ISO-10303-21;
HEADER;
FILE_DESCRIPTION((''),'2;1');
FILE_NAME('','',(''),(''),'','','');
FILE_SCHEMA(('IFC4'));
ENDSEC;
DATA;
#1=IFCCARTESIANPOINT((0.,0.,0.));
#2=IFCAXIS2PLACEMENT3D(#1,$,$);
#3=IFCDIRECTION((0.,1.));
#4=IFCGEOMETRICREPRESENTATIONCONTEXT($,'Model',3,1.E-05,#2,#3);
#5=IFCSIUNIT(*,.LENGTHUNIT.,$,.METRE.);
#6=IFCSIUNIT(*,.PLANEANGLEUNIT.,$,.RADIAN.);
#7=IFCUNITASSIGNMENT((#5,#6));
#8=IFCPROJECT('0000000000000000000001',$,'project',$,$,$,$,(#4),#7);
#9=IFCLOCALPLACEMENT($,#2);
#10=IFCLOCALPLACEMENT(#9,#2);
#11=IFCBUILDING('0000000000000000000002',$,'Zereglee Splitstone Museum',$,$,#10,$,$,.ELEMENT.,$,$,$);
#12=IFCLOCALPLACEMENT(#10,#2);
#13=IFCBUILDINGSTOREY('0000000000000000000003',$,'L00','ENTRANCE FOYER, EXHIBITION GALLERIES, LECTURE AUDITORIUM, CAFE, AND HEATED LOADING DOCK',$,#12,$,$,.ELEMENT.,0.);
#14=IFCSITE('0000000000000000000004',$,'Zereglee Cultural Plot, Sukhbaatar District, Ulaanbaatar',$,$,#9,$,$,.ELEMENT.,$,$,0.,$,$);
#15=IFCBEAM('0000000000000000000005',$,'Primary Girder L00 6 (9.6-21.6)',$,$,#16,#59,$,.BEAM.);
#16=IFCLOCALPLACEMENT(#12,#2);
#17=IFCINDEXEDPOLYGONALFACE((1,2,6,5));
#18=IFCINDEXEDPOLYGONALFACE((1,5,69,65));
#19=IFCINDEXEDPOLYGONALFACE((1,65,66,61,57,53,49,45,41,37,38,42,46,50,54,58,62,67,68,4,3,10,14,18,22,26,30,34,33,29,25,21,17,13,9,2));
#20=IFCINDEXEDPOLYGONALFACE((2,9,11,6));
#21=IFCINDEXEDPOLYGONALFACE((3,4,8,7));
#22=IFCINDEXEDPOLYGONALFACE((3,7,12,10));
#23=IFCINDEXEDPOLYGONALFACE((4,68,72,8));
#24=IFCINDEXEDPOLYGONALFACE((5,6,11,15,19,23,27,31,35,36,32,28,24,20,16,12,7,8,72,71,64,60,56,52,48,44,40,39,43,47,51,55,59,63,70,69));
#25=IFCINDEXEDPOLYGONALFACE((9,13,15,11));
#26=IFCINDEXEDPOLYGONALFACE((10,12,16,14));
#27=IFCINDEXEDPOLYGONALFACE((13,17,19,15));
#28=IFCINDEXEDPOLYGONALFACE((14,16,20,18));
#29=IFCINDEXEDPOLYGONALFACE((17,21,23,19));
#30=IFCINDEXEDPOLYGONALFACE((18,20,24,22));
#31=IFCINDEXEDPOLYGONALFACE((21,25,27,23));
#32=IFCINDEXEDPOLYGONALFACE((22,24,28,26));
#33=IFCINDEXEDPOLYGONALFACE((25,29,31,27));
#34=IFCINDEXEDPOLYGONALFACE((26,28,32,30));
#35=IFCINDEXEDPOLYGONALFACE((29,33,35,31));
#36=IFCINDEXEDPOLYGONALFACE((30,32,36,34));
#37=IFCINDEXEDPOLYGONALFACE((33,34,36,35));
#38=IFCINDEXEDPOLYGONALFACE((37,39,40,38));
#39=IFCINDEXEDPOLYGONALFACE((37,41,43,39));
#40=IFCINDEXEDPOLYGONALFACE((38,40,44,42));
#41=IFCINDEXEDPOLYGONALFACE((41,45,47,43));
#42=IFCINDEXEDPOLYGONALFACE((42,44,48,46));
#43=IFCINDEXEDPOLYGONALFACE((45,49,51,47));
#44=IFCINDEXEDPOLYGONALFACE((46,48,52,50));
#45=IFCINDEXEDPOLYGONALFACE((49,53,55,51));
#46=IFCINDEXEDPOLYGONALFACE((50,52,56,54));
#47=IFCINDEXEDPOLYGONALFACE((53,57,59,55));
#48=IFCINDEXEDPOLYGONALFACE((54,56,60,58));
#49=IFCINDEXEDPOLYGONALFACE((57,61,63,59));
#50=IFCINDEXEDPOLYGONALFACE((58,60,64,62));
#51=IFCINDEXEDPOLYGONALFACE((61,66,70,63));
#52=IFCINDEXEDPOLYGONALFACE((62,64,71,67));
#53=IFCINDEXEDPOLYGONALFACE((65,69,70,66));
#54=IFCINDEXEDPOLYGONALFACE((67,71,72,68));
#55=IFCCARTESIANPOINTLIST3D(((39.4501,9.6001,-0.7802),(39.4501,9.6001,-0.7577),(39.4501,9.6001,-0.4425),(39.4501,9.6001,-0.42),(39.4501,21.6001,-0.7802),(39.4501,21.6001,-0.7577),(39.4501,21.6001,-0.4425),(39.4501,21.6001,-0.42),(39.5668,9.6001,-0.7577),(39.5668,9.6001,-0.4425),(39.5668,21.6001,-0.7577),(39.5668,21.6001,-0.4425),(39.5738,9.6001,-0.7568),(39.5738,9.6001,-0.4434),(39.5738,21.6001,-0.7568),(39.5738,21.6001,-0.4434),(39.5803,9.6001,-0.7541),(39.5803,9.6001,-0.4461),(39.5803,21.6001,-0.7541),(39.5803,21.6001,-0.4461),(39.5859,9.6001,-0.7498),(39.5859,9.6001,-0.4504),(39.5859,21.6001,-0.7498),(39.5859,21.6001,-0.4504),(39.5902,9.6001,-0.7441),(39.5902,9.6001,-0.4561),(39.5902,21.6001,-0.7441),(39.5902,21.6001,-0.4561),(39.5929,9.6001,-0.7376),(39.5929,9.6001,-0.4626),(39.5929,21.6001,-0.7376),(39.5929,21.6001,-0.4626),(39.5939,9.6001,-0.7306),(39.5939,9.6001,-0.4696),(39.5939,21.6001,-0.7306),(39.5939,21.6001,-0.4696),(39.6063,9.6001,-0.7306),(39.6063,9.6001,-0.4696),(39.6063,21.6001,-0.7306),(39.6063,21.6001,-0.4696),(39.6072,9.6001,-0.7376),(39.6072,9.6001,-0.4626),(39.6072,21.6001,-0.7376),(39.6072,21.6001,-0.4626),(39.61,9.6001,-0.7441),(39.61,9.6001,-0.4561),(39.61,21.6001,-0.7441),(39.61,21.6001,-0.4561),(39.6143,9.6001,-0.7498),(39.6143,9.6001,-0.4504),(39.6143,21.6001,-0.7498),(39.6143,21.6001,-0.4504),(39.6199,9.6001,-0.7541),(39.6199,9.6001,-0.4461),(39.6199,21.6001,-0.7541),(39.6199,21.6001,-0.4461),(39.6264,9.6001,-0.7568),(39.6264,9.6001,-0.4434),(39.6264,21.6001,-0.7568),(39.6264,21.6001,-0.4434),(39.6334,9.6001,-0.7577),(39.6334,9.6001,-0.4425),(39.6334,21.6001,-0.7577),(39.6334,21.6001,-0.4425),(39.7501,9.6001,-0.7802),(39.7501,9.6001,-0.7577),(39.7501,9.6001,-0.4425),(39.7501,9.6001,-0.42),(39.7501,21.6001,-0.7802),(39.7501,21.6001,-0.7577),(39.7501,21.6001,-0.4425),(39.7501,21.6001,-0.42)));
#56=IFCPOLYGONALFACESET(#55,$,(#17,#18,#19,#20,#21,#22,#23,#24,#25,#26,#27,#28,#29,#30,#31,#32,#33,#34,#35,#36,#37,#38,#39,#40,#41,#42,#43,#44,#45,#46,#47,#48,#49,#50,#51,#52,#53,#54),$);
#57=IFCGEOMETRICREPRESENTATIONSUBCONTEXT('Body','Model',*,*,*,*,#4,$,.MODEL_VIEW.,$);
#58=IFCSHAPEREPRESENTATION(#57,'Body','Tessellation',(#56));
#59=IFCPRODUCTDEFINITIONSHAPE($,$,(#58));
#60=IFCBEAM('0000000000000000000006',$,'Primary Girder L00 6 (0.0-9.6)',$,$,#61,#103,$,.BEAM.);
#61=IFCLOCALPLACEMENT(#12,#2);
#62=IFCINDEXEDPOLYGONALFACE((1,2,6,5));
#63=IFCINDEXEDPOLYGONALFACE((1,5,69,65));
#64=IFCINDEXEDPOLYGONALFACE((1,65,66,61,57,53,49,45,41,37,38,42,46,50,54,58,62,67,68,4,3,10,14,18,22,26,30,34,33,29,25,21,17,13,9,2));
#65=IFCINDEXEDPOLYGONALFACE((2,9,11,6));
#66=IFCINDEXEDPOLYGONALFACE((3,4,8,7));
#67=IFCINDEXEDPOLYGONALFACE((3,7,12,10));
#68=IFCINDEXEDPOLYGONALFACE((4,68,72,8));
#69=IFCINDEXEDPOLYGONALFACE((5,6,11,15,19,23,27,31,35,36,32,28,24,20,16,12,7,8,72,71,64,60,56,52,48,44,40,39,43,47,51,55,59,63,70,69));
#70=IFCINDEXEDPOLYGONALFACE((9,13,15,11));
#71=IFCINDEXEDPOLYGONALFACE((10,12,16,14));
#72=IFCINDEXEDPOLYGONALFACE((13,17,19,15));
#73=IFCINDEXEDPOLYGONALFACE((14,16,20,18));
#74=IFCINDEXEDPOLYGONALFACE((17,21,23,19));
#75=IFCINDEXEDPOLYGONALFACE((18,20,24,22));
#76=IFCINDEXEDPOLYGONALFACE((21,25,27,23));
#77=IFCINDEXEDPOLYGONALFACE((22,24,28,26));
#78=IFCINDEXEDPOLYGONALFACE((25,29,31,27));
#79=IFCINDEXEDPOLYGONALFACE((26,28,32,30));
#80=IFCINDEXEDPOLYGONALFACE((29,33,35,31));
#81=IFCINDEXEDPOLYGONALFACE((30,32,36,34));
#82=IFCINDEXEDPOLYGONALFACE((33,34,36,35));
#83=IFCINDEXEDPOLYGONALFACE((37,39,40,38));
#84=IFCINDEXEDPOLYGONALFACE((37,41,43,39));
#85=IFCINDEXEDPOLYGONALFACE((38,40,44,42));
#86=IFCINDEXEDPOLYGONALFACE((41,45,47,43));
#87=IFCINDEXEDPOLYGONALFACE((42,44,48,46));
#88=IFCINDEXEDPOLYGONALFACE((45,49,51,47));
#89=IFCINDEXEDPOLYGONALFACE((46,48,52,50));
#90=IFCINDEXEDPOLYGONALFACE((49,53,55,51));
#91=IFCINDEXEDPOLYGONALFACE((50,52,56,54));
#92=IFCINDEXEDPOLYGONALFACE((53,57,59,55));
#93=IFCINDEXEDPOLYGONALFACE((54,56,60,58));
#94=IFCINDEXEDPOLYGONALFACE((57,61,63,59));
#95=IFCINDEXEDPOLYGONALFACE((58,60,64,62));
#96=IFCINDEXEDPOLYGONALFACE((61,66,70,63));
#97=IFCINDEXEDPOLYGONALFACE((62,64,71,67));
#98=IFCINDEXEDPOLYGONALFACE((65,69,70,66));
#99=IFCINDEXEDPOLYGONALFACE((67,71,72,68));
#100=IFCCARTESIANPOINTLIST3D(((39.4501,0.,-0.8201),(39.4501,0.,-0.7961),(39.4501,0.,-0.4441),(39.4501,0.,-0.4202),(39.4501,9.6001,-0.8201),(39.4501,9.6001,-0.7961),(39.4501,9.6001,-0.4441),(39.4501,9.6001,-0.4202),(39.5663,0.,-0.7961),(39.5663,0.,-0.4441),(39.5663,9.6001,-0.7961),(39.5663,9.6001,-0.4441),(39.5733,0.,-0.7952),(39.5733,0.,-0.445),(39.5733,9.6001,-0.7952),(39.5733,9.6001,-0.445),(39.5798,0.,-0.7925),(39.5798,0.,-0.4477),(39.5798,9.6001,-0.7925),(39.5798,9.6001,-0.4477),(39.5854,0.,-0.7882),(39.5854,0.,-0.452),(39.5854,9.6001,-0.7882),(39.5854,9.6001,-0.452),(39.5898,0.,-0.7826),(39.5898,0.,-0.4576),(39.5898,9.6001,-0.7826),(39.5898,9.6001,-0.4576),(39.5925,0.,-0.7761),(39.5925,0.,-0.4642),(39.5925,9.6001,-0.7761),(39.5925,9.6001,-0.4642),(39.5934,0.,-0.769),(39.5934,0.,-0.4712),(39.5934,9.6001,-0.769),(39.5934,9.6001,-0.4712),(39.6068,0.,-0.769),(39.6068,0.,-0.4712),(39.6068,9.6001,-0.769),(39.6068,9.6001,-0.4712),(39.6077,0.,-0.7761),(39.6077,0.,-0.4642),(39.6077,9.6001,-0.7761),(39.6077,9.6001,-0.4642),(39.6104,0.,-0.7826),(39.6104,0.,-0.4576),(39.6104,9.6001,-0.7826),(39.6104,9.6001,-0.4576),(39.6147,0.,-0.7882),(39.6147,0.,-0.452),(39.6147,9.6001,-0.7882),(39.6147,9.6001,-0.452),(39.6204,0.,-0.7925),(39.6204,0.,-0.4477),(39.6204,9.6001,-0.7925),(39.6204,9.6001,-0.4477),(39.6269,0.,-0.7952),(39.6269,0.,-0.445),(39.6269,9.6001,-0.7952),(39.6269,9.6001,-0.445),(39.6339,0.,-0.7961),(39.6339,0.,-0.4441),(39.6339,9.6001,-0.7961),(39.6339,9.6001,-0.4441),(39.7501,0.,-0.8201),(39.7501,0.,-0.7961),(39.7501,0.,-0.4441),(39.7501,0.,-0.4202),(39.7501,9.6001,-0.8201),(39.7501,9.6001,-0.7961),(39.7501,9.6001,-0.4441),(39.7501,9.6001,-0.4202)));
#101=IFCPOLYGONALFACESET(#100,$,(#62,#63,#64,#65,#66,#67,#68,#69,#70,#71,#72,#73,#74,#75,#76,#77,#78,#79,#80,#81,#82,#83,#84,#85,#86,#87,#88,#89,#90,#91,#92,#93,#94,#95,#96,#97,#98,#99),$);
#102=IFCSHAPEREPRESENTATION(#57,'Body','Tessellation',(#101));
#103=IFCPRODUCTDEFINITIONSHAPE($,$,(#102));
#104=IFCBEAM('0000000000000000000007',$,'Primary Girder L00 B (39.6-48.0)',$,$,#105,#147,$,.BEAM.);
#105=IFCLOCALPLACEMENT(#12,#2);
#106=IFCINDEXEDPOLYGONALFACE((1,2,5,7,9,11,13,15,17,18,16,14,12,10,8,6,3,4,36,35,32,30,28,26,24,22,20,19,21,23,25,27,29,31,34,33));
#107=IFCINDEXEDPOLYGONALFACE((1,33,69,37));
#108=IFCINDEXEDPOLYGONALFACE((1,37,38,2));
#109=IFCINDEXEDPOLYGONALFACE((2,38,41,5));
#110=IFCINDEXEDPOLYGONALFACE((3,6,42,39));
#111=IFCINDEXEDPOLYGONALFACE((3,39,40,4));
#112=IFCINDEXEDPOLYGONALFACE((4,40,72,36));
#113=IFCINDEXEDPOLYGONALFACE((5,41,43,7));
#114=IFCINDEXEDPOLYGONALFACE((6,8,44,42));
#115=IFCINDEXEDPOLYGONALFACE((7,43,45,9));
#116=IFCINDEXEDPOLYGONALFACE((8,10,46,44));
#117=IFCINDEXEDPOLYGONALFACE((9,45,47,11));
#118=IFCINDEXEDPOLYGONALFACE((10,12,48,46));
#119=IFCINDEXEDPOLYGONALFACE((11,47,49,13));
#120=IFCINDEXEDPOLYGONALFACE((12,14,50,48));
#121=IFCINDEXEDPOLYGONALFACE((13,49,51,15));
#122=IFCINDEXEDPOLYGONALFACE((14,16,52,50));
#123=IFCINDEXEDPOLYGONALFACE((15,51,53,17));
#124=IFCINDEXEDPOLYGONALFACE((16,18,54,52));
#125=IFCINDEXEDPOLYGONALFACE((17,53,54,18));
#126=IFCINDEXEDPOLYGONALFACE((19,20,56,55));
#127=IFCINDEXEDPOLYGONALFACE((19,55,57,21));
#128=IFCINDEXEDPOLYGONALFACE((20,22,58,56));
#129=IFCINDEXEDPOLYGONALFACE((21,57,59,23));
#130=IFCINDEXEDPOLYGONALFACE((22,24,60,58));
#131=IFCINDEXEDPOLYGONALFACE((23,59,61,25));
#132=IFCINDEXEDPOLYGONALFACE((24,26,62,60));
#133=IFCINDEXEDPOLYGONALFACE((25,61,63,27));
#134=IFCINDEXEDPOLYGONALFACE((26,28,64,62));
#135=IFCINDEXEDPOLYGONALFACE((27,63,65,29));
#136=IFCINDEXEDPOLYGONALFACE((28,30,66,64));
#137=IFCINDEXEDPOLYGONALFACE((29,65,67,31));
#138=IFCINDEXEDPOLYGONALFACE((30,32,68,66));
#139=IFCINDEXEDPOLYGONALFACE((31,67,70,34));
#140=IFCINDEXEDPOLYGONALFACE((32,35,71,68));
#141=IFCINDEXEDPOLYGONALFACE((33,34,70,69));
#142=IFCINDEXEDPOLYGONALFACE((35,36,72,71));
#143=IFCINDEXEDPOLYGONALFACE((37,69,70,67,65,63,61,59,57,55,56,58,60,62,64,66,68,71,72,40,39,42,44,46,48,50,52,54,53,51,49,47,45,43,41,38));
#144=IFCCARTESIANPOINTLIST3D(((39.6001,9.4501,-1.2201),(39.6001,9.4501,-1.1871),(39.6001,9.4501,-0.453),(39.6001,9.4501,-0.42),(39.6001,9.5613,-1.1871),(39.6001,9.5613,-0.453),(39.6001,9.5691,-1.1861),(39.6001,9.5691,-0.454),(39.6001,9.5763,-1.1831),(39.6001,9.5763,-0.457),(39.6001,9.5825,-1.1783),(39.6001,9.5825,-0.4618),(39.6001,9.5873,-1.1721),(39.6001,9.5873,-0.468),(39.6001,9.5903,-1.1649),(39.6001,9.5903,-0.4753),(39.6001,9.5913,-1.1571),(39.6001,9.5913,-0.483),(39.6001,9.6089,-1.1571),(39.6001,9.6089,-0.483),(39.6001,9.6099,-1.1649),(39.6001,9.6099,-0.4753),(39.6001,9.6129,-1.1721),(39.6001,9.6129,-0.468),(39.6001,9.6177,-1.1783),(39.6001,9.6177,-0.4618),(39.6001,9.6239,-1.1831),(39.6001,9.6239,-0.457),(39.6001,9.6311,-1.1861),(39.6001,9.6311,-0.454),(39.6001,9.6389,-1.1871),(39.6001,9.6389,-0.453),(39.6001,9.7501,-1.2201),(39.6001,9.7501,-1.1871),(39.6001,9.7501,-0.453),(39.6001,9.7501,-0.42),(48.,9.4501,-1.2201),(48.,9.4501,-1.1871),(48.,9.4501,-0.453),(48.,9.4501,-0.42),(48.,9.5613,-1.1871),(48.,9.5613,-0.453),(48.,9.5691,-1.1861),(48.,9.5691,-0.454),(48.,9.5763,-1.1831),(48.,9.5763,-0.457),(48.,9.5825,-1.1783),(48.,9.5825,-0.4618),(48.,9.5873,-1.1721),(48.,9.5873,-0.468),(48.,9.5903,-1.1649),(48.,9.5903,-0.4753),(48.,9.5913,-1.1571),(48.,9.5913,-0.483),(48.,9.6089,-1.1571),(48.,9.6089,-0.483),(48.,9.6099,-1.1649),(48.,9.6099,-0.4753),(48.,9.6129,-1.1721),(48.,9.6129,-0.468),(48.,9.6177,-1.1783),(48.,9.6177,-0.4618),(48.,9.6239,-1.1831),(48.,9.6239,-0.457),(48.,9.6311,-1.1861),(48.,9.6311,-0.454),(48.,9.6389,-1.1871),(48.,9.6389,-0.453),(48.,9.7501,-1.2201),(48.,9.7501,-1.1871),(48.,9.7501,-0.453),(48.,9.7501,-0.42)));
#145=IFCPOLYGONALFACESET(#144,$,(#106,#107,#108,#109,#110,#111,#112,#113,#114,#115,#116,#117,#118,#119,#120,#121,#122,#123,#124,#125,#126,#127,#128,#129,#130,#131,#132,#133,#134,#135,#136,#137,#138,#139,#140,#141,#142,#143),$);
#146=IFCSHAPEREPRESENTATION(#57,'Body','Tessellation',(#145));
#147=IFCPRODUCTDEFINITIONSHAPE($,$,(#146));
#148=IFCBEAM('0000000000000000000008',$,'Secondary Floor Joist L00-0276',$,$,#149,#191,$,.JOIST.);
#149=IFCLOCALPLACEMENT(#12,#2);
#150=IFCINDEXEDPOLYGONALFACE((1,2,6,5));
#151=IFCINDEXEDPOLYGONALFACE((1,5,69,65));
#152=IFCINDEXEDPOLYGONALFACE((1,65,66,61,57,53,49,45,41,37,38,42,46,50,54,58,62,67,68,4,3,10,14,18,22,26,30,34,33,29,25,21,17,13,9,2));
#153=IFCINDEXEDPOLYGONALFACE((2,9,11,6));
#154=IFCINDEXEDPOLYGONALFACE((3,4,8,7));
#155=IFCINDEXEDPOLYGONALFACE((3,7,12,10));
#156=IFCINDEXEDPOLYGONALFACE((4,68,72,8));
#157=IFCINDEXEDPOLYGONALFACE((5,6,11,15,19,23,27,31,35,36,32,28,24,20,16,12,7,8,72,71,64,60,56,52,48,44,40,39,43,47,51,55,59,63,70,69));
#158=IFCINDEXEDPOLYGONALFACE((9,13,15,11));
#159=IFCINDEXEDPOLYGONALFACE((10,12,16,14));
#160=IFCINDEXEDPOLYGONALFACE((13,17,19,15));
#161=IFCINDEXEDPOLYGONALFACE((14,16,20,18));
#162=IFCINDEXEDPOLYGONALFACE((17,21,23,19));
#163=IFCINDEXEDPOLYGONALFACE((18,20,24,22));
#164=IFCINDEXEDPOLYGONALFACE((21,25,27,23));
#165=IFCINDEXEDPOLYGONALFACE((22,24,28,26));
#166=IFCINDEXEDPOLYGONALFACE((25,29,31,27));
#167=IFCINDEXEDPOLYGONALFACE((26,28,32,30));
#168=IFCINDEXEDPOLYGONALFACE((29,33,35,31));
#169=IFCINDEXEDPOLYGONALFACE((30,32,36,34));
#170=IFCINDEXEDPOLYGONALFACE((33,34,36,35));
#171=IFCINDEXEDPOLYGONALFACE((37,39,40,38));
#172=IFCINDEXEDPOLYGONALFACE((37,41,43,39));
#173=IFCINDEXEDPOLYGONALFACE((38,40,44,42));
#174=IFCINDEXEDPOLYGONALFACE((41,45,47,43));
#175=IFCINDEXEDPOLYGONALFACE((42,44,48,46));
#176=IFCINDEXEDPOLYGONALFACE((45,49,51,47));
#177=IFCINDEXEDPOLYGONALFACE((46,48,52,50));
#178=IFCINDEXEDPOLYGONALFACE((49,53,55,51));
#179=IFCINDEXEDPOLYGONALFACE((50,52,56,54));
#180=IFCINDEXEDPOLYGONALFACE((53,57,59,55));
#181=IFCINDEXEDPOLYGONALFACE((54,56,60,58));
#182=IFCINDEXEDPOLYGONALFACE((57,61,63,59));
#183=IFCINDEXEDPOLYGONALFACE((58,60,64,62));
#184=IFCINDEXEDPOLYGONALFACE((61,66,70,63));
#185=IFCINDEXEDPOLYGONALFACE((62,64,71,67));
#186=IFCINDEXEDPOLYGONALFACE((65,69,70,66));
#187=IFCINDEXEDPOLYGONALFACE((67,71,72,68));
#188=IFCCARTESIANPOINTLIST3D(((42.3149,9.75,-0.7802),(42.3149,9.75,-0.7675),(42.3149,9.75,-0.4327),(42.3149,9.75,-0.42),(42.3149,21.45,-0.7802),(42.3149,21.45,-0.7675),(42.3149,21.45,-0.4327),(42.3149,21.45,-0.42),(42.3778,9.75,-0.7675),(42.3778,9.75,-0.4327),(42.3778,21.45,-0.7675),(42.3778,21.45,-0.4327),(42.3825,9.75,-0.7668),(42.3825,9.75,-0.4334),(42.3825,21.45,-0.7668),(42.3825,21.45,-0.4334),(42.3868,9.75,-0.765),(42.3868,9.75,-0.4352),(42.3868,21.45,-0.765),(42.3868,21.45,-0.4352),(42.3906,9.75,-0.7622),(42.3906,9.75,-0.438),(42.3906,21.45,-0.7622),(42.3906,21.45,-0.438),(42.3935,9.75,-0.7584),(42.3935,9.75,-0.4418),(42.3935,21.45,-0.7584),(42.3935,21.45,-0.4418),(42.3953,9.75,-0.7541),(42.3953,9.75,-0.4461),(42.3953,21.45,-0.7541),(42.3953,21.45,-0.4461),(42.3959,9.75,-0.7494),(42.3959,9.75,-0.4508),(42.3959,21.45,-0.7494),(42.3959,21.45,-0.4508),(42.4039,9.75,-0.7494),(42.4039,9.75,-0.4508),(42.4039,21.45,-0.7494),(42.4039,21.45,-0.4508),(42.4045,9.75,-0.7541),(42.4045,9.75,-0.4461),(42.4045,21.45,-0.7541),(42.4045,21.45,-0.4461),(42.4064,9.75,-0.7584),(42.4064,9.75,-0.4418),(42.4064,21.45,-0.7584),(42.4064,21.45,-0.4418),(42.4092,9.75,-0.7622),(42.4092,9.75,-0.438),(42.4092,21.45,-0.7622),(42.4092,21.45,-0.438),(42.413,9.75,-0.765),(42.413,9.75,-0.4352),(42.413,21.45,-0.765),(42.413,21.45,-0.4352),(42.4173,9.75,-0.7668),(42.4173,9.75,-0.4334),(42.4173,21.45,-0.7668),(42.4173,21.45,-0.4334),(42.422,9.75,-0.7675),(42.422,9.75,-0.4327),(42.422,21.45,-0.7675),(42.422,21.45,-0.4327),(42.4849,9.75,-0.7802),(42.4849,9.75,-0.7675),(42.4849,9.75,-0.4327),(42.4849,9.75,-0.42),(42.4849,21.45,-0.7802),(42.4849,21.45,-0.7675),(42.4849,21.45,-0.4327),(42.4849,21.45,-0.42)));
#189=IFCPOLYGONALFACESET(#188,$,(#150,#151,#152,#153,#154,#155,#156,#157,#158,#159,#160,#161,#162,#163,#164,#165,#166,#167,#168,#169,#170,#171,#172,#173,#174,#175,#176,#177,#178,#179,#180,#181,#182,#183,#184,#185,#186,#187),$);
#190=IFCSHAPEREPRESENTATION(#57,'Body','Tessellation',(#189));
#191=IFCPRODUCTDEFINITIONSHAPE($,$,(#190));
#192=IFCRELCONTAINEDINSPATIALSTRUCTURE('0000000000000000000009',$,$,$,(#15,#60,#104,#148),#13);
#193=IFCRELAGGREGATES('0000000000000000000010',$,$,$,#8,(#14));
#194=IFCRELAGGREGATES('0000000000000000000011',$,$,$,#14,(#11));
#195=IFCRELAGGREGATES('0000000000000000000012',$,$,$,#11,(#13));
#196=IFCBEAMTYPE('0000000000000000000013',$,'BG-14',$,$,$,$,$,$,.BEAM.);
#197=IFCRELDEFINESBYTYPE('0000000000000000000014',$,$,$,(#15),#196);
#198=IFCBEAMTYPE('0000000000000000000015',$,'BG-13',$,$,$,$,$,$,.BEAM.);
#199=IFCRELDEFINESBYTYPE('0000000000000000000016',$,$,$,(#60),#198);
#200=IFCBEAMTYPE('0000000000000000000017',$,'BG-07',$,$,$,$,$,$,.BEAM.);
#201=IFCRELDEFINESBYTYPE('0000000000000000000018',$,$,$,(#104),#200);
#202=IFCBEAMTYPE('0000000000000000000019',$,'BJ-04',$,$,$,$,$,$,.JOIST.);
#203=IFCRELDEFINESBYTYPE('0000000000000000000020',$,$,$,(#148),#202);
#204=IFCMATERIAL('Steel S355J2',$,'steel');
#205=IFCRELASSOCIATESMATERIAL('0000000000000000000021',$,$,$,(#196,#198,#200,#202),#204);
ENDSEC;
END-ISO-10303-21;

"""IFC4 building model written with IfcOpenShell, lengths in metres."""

from ifc_helpers import new_model, si_unit, direction, frame, origin, origin_2d, place, context, subcontext, project, spatial, i_section, extrude, material, material_profile, profile_set, type_object, element, save


model = new_model("IFC4")

# Units and contexts
model_context = context("Model", 3, precision=1e-05, world=origin(), true_north=direction((0.0, 1.0)))
body_context = subcontext(model_context, "Body", "Model", "MODEL_VIEW")
ifc_project = project(units=[si_unit("LENGTHUNIT", "METRE"), si_unit("PLANEANGLEUNIT", "RADIAN")], contexts=[model_context])

# Site, building, storey
site_placement = place(None, origin())
site = spatial("IfcSite", under=ifc_project, at=site_placement, Name="Zereglee Cultural Plot, Sukhbaatar District, Ulaanbaatar", CompositionType="ELEMENT", RefElevation=0.0)
building_placement = place(site_placement, origin())
building = spatial("IfcBuilding", under=site, at=building_placement, Name="Zereglee Splitstone Museum", CompositionType="ELEMENT")
storey_placement = place(building_placement, origin())
storey = spatial("IfcBuildingStorey", under=building, at=storey_placement, Name="L00", Description="ENTRANCE FOYER, EXHIBITION GALLERIES, LECTURE AUDITORIUM, CAFE, AND HEATED LOADING DOCK", CompositionType="ELEMENT", Elevation=0.0)

# Beams
ifc_material_1 = material(Name="Steel S355J2", Category="steel")
ifc_material_profile_1 = material_profile(ifc_material_1, i_section(OverallWidth=0.3, OverallDepth=0.3601, WebThickness=0.0125, FlangeThickness=0.0225, FilletRadius=0.0271, at=origin_2d()), Name="HE 360 B")
ifc_profile_set_1 = profile_set([ifc_material_profile_1], Name="Steel S355J2")
beam_type_1 = type_object("IfcBeamType", Name="BG-14", PredefinedType="BEAM", material=ifc_profile_set_1)
beam_1_placement = place(storey_placement, frame((39.6001, 9.6001, -0.6001), z_axis=(0.0, 1.0, 0.0), x_axis=(-1.0, 0.0, 0.0)))
element("IfcBeam", 1, at=beam_1_placement, inside=storey, type_object=beam_type_1, Name="Primary Girder L00 6 (9.6-21.6)", PredefinedType="BEAM", context=body_context, shape_type="SweptSolid", body=[
    extrude(i_section(OverallWidth=0.3, OverallDepth=0.3601, WebThickness=0.0125, FlangeThickness=0.0225, FilletRadius=0.0271, at=origin_2d()), origin(), (0.0, 0.0, 1.0), 12.0),
])
ifc_material_profile_2 = material_profile(ifc_material_1, i_section(OverallWidth=0.3, OverallDepth=0.3999, WebThickness=0.0134, FlangeThickness=0.0239, FilletRadius=0.0271, at=origin_2d()), Name="HE 400 B")
ifc_profile_set_2 = profile_set([ifc_material_profile_2], Name="Steel S355J2")
beam_type_2 = type_object("IfcBeamType", Name="BG-13", PredefinedType="BEAM", material=ifc_profile_set_2)
beam_2_placement = place(storey_placement, frame((39.6001, 0.0, -0.6201), z_axis=(0.0, 1.0, 0.0), x_axis=(-1.0, 0.0, 0.0)))
element("IfcBeam", 2, at=beam_2_placement, inside=storey, type_object=beam_type_2, Name="Primary Girder L00 6 (0.0-9.6)", PredefinedType="BEAM", context=body_context, shape_type="SweptSolid", body=[
    extrude(i_section(OverallWidth=0.3, OverallDepth=0.3999, WebThickness=0.0134, FlangeThickness=0.0239, FilletRadius=0.0271, at=origin_2d()), origin(), (0.0, 0.0, 1.0), 9.6001),
])
ifc_material_profile_3 = material_profile(ifc_material_1, i_section(OverallWidth=0.3, OverallDepth=0.8, WebThickness=0.0176, FlangeThickness=0.033, FilletRadius=0.03, at=origin_2d()), Name="HE 800 B")
ifc_profile_set_3 = profile_set([ifc_material_profile_3], Name="Steel S355J2")
beam_type_3 = type_object("IfcBeamType", Name="BG-07", PredefinedType="BEAM", material=ifc_profile_set_3)
beam_3_placement = place(storey_placement, frame((39.6001, 9.6001, -0.8201), z_axis=(1.0, 0.0, 0.0), x_axis=(0.0, 1.0, 0.0)))
element("IfcBeam", 3, at=beam_3_placement, inside=storey, type_object=beam_type_3, Name="Primary Girder L00 B (39.6-48.0)", PredefinedType="BEAM", context=body_context, shape_type="SweptSolid", body=[
    extrude(i_section(OverallWidth=0.3, OverallDepth=0.8, WebThickness=0.0176, FlangeThickness=0.033, FilletRadius=0.03, at=origin_2d()), origin(), (0.0, 0.0, 1.0), 8.3999),
])
ifc_material_profile_4 = material_profile(ifc_material_1, i_section(OverallWidth=0.1699, OverallDepth=0.3601, WebThickness=0.0081, FlangeThickness=0.0127, FilletRadius=0.0181, at=origin_2d()), Name="IPE 360")
ifc_profile_set_4 = profile_set([ifc_material_profile_4], Name="Steel S355J2")
beam_type_4 = type_object("IfcBeamType", Name="BJ-04", PredefinedType="JOIST", material=ifc_profile_set_4)
beam_4_placement = place(storey_placement, frame((42.3999, 9.75, -0.6001), z_axis=(0.0, 1.0, 0.0), x_axis=(-1.0, 0.0, 0.0)))
element("IfcBeam", 4, at=beam_4_placement, inside=storey, type_object=beam_type_4, Name="Secondary Floor Joist L00-0276", PredefinedType="JOIST", context=body_context, shape_type="SweptSolid", body=[
    extrude(i_section(OverallWidth=0.1699, OverallDepth=0.3601, WebThickness=0.0081, FlangeThickness=0.0127, FilletRadius=0.0181, at=origin_2d()), origin(), (0.0, 0.0, 1.0), 11.7),
])

save(model, "model.ifc")
